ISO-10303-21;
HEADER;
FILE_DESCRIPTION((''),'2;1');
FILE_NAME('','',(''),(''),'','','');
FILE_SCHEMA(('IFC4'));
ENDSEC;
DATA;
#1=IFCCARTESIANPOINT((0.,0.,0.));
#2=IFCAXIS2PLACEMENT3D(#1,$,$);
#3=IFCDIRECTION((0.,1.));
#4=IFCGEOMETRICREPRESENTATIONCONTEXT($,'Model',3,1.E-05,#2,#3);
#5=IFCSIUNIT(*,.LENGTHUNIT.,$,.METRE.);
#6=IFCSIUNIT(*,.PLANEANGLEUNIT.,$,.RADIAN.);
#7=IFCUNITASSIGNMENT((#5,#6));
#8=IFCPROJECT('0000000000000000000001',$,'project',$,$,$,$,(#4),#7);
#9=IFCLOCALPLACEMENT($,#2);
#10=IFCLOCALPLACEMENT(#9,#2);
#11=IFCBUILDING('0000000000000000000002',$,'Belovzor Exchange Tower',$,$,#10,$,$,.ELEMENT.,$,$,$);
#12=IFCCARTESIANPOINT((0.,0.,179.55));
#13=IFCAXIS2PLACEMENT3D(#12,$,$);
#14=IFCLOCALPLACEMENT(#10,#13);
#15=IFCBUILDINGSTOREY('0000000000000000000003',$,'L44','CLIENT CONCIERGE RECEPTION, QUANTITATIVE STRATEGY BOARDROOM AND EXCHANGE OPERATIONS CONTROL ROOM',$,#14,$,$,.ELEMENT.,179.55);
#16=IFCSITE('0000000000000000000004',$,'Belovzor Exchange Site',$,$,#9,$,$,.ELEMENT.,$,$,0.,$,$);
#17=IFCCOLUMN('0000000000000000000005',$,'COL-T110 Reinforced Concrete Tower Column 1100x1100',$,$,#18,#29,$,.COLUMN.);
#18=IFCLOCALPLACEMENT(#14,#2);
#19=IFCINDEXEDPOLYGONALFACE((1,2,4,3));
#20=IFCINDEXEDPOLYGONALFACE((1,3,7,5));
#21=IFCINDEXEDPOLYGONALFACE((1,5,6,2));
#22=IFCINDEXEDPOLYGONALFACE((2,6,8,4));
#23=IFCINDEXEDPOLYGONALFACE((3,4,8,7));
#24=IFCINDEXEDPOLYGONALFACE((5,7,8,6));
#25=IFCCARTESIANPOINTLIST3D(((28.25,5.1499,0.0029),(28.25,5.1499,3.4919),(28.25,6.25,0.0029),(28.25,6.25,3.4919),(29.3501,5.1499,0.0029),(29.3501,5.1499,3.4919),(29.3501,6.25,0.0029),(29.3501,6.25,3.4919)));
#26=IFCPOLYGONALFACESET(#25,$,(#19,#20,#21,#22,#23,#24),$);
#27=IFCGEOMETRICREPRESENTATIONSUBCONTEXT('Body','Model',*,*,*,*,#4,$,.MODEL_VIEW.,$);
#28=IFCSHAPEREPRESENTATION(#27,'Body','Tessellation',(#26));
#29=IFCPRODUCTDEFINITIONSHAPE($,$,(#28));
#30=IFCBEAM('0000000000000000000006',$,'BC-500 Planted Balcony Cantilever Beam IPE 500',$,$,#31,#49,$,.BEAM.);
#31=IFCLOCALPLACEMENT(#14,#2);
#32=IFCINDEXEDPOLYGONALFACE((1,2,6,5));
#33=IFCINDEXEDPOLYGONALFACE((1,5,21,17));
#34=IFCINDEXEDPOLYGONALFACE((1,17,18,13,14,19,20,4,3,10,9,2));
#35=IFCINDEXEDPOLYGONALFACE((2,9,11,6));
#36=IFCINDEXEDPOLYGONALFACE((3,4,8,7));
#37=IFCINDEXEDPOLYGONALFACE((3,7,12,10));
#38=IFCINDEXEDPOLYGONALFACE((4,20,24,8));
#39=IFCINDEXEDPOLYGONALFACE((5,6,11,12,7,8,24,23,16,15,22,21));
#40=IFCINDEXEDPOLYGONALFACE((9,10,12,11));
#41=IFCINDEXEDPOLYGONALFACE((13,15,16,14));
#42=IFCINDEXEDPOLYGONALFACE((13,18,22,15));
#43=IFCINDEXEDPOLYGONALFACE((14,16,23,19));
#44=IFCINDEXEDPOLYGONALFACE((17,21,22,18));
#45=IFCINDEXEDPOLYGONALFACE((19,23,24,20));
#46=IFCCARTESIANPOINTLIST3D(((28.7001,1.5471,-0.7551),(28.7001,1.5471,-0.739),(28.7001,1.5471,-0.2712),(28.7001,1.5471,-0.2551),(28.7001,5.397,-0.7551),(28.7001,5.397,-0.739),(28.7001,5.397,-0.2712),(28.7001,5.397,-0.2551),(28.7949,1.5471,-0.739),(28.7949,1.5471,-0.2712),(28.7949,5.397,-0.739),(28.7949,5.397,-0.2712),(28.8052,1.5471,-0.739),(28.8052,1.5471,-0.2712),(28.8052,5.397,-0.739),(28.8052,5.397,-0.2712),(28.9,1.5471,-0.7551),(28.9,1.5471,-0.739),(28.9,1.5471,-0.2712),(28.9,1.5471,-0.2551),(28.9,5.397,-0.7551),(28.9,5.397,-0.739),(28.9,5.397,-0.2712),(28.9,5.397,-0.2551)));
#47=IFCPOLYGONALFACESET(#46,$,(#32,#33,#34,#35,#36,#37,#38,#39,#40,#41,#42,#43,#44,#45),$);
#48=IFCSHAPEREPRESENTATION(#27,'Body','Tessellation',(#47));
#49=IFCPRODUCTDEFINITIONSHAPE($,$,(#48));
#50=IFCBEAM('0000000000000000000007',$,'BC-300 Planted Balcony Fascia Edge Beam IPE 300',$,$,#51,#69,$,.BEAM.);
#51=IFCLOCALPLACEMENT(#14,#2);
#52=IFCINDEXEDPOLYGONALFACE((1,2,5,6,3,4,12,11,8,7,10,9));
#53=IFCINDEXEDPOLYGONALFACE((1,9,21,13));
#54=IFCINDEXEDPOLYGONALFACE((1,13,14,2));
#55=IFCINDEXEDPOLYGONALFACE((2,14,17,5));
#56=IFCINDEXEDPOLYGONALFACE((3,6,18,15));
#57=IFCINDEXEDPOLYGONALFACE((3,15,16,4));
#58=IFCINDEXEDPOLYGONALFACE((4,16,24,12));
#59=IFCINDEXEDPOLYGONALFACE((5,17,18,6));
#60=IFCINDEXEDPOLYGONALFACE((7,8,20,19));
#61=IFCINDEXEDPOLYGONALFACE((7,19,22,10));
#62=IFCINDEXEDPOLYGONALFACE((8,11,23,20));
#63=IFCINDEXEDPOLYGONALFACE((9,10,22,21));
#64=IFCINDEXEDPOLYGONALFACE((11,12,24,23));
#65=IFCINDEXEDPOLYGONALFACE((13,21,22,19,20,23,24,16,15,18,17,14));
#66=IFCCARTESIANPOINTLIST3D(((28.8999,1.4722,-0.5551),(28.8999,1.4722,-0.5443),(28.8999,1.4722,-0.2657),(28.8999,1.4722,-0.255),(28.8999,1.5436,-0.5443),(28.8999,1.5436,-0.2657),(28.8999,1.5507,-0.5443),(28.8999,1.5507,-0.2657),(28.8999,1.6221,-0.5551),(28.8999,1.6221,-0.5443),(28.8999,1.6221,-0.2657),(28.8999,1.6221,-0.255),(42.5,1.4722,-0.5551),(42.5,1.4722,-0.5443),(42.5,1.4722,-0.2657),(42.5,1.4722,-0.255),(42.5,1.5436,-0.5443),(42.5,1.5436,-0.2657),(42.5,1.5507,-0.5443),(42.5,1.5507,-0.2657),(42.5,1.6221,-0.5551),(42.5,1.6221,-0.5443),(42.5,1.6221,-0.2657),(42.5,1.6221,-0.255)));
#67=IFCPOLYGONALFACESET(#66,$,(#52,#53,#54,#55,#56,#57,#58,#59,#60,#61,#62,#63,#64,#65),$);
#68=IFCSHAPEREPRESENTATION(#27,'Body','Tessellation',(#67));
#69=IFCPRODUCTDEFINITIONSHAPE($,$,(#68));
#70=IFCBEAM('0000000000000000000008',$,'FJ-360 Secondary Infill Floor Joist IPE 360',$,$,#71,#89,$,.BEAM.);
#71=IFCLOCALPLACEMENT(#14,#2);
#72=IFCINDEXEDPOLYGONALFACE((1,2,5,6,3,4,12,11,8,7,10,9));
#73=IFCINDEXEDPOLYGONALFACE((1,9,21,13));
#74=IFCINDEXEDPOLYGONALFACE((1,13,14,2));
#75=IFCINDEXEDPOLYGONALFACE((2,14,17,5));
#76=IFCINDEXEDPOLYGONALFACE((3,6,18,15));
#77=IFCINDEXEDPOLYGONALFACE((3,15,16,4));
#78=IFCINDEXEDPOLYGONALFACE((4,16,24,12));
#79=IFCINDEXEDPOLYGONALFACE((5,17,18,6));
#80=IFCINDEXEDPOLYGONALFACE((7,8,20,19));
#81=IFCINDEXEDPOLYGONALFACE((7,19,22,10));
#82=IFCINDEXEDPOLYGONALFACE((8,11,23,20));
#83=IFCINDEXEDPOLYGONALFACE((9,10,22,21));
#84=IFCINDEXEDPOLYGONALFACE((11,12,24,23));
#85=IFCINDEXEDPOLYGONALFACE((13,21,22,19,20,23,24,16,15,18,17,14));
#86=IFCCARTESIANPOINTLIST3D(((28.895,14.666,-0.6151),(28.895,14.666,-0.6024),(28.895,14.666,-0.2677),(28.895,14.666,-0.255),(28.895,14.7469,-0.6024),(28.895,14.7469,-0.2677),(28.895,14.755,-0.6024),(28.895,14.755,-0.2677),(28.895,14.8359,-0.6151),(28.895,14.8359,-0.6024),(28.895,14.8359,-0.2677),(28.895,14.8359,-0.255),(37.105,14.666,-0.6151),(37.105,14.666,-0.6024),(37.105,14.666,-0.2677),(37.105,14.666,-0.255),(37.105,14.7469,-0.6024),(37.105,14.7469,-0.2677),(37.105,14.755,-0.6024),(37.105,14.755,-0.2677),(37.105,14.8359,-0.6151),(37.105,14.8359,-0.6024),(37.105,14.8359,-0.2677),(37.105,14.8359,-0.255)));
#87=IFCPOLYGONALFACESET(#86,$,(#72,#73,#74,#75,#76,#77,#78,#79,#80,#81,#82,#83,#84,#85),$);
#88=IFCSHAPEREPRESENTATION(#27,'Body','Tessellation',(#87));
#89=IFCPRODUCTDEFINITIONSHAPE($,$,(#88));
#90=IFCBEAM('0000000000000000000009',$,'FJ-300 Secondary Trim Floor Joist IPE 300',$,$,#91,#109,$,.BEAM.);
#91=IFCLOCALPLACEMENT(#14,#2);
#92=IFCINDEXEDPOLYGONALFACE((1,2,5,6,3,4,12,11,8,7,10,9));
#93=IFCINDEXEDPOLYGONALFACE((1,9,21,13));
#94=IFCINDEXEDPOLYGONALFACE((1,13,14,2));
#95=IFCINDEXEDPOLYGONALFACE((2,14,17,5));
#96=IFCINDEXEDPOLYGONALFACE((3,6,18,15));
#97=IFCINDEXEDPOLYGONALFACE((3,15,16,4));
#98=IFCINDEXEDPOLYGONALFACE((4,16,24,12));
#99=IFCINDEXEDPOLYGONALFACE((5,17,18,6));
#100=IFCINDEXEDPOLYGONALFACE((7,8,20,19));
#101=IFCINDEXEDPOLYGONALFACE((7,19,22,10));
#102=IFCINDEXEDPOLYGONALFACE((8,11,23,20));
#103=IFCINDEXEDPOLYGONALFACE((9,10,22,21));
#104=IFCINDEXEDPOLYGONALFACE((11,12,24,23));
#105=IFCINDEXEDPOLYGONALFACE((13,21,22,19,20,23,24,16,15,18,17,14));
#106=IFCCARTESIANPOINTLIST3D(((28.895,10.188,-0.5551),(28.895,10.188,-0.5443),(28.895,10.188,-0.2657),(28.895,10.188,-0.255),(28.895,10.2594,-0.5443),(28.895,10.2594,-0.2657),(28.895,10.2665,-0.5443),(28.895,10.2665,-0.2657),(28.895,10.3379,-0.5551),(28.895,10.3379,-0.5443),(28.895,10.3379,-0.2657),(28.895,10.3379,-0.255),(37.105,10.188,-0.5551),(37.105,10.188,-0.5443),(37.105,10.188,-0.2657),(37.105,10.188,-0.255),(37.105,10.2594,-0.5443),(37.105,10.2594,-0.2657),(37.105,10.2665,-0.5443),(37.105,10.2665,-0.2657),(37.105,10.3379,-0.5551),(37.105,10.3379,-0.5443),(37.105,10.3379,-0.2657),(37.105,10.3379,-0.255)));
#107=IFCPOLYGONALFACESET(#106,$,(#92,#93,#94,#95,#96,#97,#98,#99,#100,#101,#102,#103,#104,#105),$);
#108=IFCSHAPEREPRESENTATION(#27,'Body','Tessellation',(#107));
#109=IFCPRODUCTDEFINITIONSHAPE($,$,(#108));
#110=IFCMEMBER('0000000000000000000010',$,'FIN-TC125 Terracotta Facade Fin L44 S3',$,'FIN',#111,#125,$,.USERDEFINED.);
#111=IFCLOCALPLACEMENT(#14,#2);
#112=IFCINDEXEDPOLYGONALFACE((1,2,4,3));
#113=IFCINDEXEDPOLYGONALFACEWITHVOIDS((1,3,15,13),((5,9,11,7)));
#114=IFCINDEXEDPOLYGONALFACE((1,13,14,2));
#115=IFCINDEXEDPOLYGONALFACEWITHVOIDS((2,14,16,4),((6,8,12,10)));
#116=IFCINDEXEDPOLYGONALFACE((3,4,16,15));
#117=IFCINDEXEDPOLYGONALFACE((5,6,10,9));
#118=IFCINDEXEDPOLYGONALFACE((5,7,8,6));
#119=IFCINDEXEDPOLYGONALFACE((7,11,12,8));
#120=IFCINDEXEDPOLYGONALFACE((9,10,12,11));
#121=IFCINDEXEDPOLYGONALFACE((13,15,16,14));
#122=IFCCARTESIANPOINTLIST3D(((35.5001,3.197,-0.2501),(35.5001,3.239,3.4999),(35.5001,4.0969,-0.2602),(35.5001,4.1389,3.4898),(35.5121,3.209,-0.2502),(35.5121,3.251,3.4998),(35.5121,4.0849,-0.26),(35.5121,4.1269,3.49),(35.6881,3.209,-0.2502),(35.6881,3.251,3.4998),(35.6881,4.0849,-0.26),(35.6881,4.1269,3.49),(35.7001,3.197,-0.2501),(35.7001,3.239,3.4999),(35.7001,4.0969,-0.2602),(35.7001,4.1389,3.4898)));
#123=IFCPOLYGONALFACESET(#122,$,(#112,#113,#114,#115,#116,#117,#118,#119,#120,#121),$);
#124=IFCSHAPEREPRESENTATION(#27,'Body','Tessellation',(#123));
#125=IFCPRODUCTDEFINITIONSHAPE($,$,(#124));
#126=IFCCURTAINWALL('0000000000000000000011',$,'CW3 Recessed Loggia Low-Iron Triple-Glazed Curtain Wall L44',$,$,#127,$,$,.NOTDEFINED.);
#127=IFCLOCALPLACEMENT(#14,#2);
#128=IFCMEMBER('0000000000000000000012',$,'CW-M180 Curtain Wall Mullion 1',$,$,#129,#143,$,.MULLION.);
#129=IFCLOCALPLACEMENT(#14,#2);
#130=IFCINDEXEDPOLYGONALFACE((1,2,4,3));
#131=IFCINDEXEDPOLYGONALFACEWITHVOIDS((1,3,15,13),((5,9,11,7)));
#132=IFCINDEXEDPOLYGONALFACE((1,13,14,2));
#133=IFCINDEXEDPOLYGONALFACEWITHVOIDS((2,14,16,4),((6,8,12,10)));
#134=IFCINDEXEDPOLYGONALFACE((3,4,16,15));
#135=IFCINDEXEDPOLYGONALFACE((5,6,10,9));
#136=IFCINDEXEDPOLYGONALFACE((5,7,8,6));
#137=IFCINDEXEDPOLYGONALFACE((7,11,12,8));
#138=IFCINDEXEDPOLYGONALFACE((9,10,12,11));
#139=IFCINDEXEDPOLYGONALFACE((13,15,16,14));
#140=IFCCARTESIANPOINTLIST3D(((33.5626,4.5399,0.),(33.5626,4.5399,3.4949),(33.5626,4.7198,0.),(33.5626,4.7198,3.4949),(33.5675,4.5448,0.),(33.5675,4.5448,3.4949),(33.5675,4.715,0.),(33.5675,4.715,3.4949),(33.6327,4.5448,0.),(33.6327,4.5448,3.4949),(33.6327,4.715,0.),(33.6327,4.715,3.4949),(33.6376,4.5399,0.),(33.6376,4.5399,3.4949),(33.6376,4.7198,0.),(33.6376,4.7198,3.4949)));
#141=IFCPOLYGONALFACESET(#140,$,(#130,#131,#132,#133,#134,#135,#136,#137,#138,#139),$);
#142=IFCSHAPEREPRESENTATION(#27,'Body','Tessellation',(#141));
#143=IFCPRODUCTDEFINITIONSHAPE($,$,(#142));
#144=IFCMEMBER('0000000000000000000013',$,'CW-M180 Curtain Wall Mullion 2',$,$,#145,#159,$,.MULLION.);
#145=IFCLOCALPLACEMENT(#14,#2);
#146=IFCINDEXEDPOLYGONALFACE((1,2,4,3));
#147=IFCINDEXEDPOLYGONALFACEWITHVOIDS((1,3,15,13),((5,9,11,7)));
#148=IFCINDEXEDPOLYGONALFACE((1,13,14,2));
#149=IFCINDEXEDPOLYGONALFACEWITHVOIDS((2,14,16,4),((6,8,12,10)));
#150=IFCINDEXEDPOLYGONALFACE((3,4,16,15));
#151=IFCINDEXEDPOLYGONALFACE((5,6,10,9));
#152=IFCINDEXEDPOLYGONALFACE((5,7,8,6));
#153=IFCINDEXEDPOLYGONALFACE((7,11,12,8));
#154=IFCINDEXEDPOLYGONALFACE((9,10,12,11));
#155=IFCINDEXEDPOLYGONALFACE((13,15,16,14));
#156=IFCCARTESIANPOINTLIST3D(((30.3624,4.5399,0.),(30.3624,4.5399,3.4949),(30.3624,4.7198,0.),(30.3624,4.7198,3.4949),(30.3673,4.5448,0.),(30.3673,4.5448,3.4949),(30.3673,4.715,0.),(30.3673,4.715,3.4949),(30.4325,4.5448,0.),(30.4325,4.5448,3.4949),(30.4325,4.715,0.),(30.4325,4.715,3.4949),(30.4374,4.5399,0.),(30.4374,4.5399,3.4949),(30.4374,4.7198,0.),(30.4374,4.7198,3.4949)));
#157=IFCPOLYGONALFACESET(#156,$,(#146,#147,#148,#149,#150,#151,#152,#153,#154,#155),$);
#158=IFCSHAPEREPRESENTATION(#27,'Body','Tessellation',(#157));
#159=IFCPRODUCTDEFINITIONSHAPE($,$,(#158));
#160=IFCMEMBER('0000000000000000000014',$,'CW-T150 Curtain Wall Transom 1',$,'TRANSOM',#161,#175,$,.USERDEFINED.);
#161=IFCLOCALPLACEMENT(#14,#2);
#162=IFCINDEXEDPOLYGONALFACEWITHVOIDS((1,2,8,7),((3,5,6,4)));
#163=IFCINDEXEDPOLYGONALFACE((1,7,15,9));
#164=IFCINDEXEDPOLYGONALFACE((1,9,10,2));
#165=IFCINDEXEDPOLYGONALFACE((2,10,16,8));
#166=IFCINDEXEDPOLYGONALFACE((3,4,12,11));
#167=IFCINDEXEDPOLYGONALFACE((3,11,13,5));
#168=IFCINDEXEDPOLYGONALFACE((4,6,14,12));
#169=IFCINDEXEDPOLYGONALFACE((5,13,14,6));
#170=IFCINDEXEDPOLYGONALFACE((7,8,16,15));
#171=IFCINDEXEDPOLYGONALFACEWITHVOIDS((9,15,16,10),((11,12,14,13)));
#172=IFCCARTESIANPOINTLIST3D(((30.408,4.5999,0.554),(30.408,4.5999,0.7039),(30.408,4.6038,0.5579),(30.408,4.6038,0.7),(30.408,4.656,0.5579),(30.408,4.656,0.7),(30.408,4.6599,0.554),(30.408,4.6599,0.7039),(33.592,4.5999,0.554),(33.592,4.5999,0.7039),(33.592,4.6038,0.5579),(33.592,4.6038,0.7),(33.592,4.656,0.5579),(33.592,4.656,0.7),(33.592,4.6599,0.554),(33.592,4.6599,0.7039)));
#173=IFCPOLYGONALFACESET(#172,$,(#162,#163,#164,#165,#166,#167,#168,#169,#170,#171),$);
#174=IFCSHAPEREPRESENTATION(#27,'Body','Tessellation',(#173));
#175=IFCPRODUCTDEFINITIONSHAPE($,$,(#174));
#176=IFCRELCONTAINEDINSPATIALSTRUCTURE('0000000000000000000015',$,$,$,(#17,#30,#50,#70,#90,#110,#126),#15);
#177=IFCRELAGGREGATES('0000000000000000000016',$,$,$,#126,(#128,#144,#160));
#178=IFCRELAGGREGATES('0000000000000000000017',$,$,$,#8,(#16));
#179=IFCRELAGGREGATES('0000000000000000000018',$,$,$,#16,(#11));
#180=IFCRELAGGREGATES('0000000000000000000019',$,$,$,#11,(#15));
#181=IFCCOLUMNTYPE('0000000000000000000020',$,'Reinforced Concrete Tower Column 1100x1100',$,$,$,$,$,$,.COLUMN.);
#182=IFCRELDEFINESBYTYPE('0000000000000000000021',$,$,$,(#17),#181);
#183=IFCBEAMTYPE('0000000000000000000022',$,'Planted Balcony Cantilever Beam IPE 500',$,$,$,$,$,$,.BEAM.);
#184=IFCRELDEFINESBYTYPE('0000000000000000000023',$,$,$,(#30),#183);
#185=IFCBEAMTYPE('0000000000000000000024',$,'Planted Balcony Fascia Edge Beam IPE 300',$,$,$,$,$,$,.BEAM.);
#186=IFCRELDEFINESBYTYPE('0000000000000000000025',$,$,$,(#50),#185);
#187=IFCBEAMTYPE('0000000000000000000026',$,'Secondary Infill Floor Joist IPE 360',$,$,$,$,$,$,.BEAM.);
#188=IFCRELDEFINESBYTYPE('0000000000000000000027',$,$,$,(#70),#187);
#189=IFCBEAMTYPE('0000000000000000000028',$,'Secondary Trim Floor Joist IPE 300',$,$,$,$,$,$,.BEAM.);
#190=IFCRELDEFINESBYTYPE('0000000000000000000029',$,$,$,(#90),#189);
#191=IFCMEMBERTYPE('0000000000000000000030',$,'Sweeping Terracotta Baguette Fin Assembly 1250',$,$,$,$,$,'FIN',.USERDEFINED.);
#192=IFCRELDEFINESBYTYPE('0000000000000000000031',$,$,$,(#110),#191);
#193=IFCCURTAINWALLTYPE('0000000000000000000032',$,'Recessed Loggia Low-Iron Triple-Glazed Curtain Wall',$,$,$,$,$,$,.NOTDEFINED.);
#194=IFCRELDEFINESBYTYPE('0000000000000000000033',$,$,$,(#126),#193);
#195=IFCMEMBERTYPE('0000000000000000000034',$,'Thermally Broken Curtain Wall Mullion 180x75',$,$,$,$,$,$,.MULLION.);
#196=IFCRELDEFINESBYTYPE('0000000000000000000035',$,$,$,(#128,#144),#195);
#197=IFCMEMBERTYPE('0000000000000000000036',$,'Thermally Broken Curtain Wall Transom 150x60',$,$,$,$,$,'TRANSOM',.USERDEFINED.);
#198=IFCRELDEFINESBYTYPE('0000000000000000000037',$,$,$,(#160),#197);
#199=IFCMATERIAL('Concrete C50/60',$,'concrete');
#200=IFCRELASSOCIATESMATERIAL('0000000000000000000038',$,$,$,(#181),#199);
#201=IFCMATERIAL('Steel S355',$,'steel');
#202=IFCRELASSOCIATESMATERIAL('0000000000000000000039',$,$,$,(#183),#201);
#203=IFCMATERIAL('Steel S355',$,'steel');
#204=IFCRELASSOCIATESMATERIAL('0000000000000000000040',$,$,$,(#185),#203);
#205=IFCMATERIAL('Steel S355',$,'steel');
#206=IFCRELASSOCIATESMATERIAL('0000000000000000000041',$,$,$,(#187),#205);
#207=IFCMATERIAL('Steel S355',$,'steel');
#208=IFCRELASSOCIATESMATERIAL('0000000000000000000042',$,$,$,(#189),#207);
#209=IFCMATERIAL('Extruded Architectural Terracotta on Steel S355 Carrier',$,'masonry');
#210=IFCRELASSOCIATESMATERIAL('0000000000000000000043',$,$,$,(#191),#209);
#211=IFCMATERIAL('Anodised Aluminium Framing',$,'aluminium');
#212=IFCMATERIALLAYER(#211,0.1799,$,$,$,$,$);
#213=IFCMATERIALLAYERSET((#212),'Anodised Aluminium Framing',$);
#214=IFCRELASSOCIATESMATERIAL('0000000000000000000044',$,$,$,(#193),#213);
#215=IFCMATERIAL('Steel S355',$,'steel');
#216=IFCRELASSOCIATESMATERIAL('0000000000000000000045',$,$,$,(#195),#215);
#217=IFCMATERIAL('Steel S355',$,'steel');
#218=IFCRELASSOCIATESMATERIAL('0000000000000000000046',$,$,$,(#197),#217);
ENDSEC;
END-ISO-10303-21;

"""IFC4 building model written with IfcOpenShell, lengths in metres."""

from ifc_helpers import new_model, si_unit, direction, frame, origin, origin_2d, place, context, subcontext, project, spatial, rectangle, hollow_rectangle, i_section, extrude, material, layer, layer_set, material_profile, profile_set, type_object, element, aggregate, save


model = new_model("IFC4")

# Units and contexts
model_context = context("Model", 3, precision=1e-05, world=origin(), true_north=direction((0.0, 1.0)))
body_context = subcontext(model_context, "Body", "Model", "MODEL_VIEW")
ifc_project = project(units=[si_unit("LENGTHUNIT", "METRE"), si_unit("PLANEANGLEUNIT", "RADIAN")], contexts=[model_context])

# Site, building, storey
site_placement = place(None, origin())
site = spatial("IfcSite", under=ifc_project, at=site_placement, Name="Belovzor Exchange Site", CompositionType="ELEMENT", RefElevation=0.0)
building_placement = place(site_placement, origin())
building = spatial("IfcBuilding", under=site, at=building_placement, Name="Belovzor Exchange Tower", CompositionType="ELEMENT")
storey_placement = place(building_placement, frame((0.0, 0.0, 179.55)))
storey = spatial("IfcBuildingStorey", under=building, at=storey_placement, Name="L44", Description="CLIENT CONCIERGE RECEPTION, QUANTITATIVE STRATEGY BOARDROOM AND EXCHANGE OPERATIONS CONTROL ROOM", CompositionType="ELEMENT", Elevation=179.55)

# Column
ifc_material_1 = material(Name="Concrete C50/60", Category="concrete")
ifc_material_profile_1 = material_profile(ifc_material_1, rectangle(XDim=1.1001, YDim=1.1001, at=origin_2d()))
ifc_profile_set_1 = profile_set([ifc_material_profile_1], Name="Concrete C50/60")
column_type = type_object("IfcColumnType", Name="Reinforced Concrete Tower Column 1100x1100", PredefinedType="COLUMN", material=ifc_profile_set_1)
column_placement = place(storey_placement, frame((28.8, 5.7, 0.0029), z_axis=(0.0, 0.0, 1.0), x_axis=(1.0, 0.0, 0.0)))
element("IfcColumn", 1, at=column_placement, inside=storey, type_object=column_type, Name="COL-T110 Reinforced Concrete Tower Column 1100x1100", PredefinedType="COLUMN", context=body_context, shape_type="SweptSolid", body=[
    extrude(rectangle(XDim=1.1001, YDim=1.1001, at=origin_2d()), origin(), (0.0, 0.0, 1.0), 3.489),
])

# Beams
ifc_material_2 = material(Name="Steel S355", Category="steel")
ifc_material_profile_2 = material_profile(ifc_material_2, i_section(OverallWidth=0.2, OverallDepth=0.5, WebThickness=0.0103, FlangeThickness=0.0161, at=origin_2d()))
ifc_profile_set_2 = profile_set([ifc_material_profile_2], Name="Steel S355")
beam_type_1 = type_object("IfcBeamType", Name="Planted Balcony Cantilever Beam IPE 500", PredefinedType="BEAM", material=ifc_profile_set_2)
beam_1_placement = place(storey_placement, frame((28.8, 5.397, -0.5051), z_axis=(0.0, -1.0, 0.0), x_axis=(1.0, 0.0, 0.0)))
element("IfcBeam", 2, at=beam_1_placement, inside=storey, type_object=beam_type_1, Name="BC-500 Planted Balcony Cantilever Beam IPE 500", PredefinedType="BEAM", context=body_context, shape_type="SweptSolid", body=[
    extrude(i_section(OverallWidth=0.2, OverallDepth=0.5, WebThickness=0.0103, FlangeThickness=0.0161, at=origin_2d()), origin(), (0.0, 0.0, 1.0), 3.8499),
])
ifc_material_3 = material(Name="Steel S355", Category="steel")
ifc_material_profile_3 = material_profile(ifc_material_3, i_section(OverallWidth=0.1499, OverallDepth=0.3, WebThickness=0.0071, FlangeThickness=0.0107, at=origin_2d()))
ifc_profile_set_3 = profile_set([ifc_material_profile_3], Name="Steel S355")
beam_type_2 = type_object("IfcBeamType", Name="Planted Balcony Fascia Edge Beam IPE 300", PredefinedType="BEAM", material=ifc_profile_set_3)
beam_2_placement = place(storey_placement, frame((28.8999, 1.5471, -0.405), z_axis=(1.0, 0.0, 0.0), x_axis=(0.0, 1.0, 0.0)))
element("IfcBeam", 3, at=beam_2_placement, inside=storey, type_object=beam_type_2, Name="BC-300 Planted Balcony Fascia Edge Beam IPE 300", PredefinedType="BEAM", context=body_context, shape_type="SweptSolid", body=[
    extrude(i_section(OverallWidth=0.1499, OverallDepth=0.3, WebThickness=0.0071, FlangeThickness=0.0107, at=origin_2d()), origin(), (0.0, 0.0, 1.0), 13.6001),
])
ifc_material_4 = material(Name="Steel S355", Category="steel")
ifc_material_profile_4 = material_profile(ifc_material_4, i_section(OverallWidth=0.1699, OverallDepth=0.3601, WebThickness=0.0081, FlangeThickness=0.0127, at=origin_2d()))
ifc_profile_set_4 = profile_set([ifc_material_profile_4], Name="Steel S355")
beam_type_3 = type_object("IfcBeamType", Name="Secondary Infill Floor Joist IPE 360", PredefinedType="BEAM", material=ifc_profile_set_4)
beam_3_placement = place(storey_placement, frame((28.895, 14.751, -0.4351), z_axis=(1.0, 0.0, 0.0), x_axis=(0.0, 1.0, 0.0)))
element("IfcBeam", 4, at=beam_3_placement, inside=storey, type_object=beam_type_3, Name="FJ-360 Secondary Infill Floor Joist IPE 360", PredefinedType="BEAM", context=body_context, shape_type="SweptSolid", body=[
    extrude(i_section(OverallWidth=0.1699, OverallDepth=0.3601, WebThickness=0.0081, FlangeThickness=0.0127, at=origin_2d()), origin(), (0.0, 0.0, 1.0), 8.21),
])
ifc_material_5 = material(Name="Steel S355", Category="steel")
ifc_material_profile_5 = material_profile(ifc_material_5, i_section(OverallWidth=0.1499, OverallDepth=0.3, WebThickness=0.0071, FlangeThickness=0.0107, at=origin_2d()))
ifc_profile_set_5 = profile_set([ifc_material_profile_5], Name="Steel S355")
beam_type_4 = type_object("IfcBeamType", Name="Secondary Trim Floor Joist IPE 300", PredefinedType="BEAM", material=ifc_profile_set_5)
beam_4_placement = place(storey_placement, frame((28.895, 10.2629, -0.405), z_axis=(1.0, 0.0, 0.0), x_axis=(0.0, 1.0, 0.0)))
element("IfcBeam", 5, at=beam_4_placement, inside=storey, type_object=beam_type_4, Name="FJ-300 Secondary Trim Floor Joist IPE 300", PredefinedType="BEAM", context=body_context, shape_type="SweptSolid", body=[
    extrude(i_section(OverallWidth=0.1499, OverallDepth=0.3, WebThickness=0.0071, FlangeThickness=0.0107, at=origin_2d()), origin(), (0.0, 0.0, 1.0), 8.21),
])

# Member
ifc_material_6 = material(Name="Extruded Architectural Terracotta on Steel S355 Carrier", Category="masonry")
ifc_material_profile_6 = material_profile(ifc_material_6, hollow_rectangle(XDim=0.2, YDim=0.8999, WallThickness=0.012, at=origin_2d()))
ifc_profile_set_6 = profile_set([ifc_material_profile_6], Name="Extruded Architectural Terracotta on Steel S355 Carrier")
member_type_1 = type_object("IfcMemberType", Name="Sweeping Terracotta Baguette Fin Assembly 1250", ElementType="FIN", PredefinedType="USERDEFINED", material=ifc_profile_set_6)
member_1_placement = place(storey_placement, frame((35.6001, 3.647, -0.2551), z_axis=(0.0, 0.011197, 0.999937), x_axis=(-1.0, 0.0, 0.0)))
element("IfcMember", 6, at=member_1_placement, inside=storey, type_object=member_type_1, Name="FIN-TC125 Terracotta Facade Fin L44 S3", ObjectType="FIN", PredefinedType="USERDEFINED", context=body_context, shape_type="SweptSolid", body=[
    extrude(hollow_rectangle(XDim=0.2, YDim=0.8999, WallThickness=0.012, at=origin_2d()), origin(), (0.0, 0.0, 1.0), 3.7502),
])

# Curtain wall, members
ifc_material_7 = material(Name="Anodised Aluminium Framing", Category="aluminium")
ifc_layer_1 = layer(ifc_material_7, 0.1799)
ifc_layer_set_1 = layer_set([ifc_layer_1], Name="Anodised Aluminium Framing")
curtain_wall_type = type_object("IfcCurtainWallType", Name="Recessed Loggia Low-Iron Triple-Glazed Curtain Wall", PredefinedType="NOTDEFINED", material=ifc_layer_set_1)
curtain_wall_placement = place(storey_placement, origin())
curtain_wall = element("IfcCurtainWall", 7, at=curtain_wall_placement, inside=storey, type_object=curtain_wall_type, Name="CW3 Recessed Loggia Low-Iron Triple-Glazed Curtain Wall L44", PredefinedType="NOTDEFINED")
ifc_material_8 = material(Name="Steel S355", Category="steel")
ifc_material_profile_7 = material_profile(ifc_material_8, hollow_rectangle(XDim=0.075, YDim=0.1799, WallThickness=0.0049, at=origin_2d()))
ifc_profile_set_7 = profile_set([ifc_material_profile_7], Name="Steel S355")
member_type_2 = type_object("IfcMemberType", Name="Thermally Broken Curtain Wall Mullion 180x75", PredefinedType="MULLION", material=ifc_profile_set_7)
member_2_placement = place(storey_placement, frame((33.6001, 4.6299, 0.0), z_axis=(0.0, 0.0, 1.0), x_axis=(-1.0, 0.0, 0.0)))
member_2 = element("IfcMember", 8, at=member_2_placement, type_object=member_type_2, Name="CW-M180 Curtain Wall Mullion 1", PredefinedType="MULLION", context=body_context, shape_type="SweptSolid", body=[
    extrude(hollow_rectangle(XDim=0.075, YDim=0.1799, WallThickness=0.0049, at=origin_2d()), origin(), (0.0, 0.0, 1.0), 3.4949),
])
member_3_placement = place(storey_placement, frame((30.3999, 4.6299, 0.0), z_axis=(0.0, 0.0, 1.0), x_axis=(-1.0, 0.0, 0.0)))
member_3 = element("IfcMember", 9, at=member_3_placement, type_object=member_type_2, Name="CW-M180 Curtain Wall Mullion 2", PredefinedType="MULLION", context=body_context, shape_type="SweptSolid", body=[
    extrude(hollow_rectangle(XDim=0.075, YDim=0.1799, WallThickness=0.0049, at=origin_2d()), origin(), (0.0, 0.0, 1.0), 3.4949),
])
ifc_material_9 = material(Name="Steel S355", Category="steel")
ifc_material_profile_8 = material_profile(ifc_material_9, hollow_rectangle(XDim=0.0601, YDim=0.1499, WallThickness=0.0039, at=origin_2d()))
ifc_profile_set_8 = profile_set([ifc_material_profile_8], Name="Steel S355")
member_type_3 = type_object("IfcMemberType", Name="Thermally Broken Curtain Wall Transom 150x60", ElementType="TRANSOM", PredefinedType="USERDEFINED", material=ifc_profile_set_8)
member_4_placement = place(storey_placement, frame((33.592, 4.6299, 0.6289), z_axis=(-1.0, 0.0, 0.0), x_axis=(0.0, -1.0, 0.0)))
member_4 = element("IfcMember", 10, at=member_4_placement, type_object=member_type_3, Name="CW-T150 Curtain Wall Transom 1", ObjectType="TRANSOM", PredefinedType="USERDEFINED", context=body_context, shape_type="SweptSolid", body=[
    extrude(hollow_rectangle(XDim=0.0601, YDim=0.1499, WallThickness=0.0039, at=origin_2d()), origin(), (0.0, 0.0, 1.0), 3.1841),
])

aggregate(curtain_wall, [member_2, member_3, member_4])

save(model, "model.ifc")
